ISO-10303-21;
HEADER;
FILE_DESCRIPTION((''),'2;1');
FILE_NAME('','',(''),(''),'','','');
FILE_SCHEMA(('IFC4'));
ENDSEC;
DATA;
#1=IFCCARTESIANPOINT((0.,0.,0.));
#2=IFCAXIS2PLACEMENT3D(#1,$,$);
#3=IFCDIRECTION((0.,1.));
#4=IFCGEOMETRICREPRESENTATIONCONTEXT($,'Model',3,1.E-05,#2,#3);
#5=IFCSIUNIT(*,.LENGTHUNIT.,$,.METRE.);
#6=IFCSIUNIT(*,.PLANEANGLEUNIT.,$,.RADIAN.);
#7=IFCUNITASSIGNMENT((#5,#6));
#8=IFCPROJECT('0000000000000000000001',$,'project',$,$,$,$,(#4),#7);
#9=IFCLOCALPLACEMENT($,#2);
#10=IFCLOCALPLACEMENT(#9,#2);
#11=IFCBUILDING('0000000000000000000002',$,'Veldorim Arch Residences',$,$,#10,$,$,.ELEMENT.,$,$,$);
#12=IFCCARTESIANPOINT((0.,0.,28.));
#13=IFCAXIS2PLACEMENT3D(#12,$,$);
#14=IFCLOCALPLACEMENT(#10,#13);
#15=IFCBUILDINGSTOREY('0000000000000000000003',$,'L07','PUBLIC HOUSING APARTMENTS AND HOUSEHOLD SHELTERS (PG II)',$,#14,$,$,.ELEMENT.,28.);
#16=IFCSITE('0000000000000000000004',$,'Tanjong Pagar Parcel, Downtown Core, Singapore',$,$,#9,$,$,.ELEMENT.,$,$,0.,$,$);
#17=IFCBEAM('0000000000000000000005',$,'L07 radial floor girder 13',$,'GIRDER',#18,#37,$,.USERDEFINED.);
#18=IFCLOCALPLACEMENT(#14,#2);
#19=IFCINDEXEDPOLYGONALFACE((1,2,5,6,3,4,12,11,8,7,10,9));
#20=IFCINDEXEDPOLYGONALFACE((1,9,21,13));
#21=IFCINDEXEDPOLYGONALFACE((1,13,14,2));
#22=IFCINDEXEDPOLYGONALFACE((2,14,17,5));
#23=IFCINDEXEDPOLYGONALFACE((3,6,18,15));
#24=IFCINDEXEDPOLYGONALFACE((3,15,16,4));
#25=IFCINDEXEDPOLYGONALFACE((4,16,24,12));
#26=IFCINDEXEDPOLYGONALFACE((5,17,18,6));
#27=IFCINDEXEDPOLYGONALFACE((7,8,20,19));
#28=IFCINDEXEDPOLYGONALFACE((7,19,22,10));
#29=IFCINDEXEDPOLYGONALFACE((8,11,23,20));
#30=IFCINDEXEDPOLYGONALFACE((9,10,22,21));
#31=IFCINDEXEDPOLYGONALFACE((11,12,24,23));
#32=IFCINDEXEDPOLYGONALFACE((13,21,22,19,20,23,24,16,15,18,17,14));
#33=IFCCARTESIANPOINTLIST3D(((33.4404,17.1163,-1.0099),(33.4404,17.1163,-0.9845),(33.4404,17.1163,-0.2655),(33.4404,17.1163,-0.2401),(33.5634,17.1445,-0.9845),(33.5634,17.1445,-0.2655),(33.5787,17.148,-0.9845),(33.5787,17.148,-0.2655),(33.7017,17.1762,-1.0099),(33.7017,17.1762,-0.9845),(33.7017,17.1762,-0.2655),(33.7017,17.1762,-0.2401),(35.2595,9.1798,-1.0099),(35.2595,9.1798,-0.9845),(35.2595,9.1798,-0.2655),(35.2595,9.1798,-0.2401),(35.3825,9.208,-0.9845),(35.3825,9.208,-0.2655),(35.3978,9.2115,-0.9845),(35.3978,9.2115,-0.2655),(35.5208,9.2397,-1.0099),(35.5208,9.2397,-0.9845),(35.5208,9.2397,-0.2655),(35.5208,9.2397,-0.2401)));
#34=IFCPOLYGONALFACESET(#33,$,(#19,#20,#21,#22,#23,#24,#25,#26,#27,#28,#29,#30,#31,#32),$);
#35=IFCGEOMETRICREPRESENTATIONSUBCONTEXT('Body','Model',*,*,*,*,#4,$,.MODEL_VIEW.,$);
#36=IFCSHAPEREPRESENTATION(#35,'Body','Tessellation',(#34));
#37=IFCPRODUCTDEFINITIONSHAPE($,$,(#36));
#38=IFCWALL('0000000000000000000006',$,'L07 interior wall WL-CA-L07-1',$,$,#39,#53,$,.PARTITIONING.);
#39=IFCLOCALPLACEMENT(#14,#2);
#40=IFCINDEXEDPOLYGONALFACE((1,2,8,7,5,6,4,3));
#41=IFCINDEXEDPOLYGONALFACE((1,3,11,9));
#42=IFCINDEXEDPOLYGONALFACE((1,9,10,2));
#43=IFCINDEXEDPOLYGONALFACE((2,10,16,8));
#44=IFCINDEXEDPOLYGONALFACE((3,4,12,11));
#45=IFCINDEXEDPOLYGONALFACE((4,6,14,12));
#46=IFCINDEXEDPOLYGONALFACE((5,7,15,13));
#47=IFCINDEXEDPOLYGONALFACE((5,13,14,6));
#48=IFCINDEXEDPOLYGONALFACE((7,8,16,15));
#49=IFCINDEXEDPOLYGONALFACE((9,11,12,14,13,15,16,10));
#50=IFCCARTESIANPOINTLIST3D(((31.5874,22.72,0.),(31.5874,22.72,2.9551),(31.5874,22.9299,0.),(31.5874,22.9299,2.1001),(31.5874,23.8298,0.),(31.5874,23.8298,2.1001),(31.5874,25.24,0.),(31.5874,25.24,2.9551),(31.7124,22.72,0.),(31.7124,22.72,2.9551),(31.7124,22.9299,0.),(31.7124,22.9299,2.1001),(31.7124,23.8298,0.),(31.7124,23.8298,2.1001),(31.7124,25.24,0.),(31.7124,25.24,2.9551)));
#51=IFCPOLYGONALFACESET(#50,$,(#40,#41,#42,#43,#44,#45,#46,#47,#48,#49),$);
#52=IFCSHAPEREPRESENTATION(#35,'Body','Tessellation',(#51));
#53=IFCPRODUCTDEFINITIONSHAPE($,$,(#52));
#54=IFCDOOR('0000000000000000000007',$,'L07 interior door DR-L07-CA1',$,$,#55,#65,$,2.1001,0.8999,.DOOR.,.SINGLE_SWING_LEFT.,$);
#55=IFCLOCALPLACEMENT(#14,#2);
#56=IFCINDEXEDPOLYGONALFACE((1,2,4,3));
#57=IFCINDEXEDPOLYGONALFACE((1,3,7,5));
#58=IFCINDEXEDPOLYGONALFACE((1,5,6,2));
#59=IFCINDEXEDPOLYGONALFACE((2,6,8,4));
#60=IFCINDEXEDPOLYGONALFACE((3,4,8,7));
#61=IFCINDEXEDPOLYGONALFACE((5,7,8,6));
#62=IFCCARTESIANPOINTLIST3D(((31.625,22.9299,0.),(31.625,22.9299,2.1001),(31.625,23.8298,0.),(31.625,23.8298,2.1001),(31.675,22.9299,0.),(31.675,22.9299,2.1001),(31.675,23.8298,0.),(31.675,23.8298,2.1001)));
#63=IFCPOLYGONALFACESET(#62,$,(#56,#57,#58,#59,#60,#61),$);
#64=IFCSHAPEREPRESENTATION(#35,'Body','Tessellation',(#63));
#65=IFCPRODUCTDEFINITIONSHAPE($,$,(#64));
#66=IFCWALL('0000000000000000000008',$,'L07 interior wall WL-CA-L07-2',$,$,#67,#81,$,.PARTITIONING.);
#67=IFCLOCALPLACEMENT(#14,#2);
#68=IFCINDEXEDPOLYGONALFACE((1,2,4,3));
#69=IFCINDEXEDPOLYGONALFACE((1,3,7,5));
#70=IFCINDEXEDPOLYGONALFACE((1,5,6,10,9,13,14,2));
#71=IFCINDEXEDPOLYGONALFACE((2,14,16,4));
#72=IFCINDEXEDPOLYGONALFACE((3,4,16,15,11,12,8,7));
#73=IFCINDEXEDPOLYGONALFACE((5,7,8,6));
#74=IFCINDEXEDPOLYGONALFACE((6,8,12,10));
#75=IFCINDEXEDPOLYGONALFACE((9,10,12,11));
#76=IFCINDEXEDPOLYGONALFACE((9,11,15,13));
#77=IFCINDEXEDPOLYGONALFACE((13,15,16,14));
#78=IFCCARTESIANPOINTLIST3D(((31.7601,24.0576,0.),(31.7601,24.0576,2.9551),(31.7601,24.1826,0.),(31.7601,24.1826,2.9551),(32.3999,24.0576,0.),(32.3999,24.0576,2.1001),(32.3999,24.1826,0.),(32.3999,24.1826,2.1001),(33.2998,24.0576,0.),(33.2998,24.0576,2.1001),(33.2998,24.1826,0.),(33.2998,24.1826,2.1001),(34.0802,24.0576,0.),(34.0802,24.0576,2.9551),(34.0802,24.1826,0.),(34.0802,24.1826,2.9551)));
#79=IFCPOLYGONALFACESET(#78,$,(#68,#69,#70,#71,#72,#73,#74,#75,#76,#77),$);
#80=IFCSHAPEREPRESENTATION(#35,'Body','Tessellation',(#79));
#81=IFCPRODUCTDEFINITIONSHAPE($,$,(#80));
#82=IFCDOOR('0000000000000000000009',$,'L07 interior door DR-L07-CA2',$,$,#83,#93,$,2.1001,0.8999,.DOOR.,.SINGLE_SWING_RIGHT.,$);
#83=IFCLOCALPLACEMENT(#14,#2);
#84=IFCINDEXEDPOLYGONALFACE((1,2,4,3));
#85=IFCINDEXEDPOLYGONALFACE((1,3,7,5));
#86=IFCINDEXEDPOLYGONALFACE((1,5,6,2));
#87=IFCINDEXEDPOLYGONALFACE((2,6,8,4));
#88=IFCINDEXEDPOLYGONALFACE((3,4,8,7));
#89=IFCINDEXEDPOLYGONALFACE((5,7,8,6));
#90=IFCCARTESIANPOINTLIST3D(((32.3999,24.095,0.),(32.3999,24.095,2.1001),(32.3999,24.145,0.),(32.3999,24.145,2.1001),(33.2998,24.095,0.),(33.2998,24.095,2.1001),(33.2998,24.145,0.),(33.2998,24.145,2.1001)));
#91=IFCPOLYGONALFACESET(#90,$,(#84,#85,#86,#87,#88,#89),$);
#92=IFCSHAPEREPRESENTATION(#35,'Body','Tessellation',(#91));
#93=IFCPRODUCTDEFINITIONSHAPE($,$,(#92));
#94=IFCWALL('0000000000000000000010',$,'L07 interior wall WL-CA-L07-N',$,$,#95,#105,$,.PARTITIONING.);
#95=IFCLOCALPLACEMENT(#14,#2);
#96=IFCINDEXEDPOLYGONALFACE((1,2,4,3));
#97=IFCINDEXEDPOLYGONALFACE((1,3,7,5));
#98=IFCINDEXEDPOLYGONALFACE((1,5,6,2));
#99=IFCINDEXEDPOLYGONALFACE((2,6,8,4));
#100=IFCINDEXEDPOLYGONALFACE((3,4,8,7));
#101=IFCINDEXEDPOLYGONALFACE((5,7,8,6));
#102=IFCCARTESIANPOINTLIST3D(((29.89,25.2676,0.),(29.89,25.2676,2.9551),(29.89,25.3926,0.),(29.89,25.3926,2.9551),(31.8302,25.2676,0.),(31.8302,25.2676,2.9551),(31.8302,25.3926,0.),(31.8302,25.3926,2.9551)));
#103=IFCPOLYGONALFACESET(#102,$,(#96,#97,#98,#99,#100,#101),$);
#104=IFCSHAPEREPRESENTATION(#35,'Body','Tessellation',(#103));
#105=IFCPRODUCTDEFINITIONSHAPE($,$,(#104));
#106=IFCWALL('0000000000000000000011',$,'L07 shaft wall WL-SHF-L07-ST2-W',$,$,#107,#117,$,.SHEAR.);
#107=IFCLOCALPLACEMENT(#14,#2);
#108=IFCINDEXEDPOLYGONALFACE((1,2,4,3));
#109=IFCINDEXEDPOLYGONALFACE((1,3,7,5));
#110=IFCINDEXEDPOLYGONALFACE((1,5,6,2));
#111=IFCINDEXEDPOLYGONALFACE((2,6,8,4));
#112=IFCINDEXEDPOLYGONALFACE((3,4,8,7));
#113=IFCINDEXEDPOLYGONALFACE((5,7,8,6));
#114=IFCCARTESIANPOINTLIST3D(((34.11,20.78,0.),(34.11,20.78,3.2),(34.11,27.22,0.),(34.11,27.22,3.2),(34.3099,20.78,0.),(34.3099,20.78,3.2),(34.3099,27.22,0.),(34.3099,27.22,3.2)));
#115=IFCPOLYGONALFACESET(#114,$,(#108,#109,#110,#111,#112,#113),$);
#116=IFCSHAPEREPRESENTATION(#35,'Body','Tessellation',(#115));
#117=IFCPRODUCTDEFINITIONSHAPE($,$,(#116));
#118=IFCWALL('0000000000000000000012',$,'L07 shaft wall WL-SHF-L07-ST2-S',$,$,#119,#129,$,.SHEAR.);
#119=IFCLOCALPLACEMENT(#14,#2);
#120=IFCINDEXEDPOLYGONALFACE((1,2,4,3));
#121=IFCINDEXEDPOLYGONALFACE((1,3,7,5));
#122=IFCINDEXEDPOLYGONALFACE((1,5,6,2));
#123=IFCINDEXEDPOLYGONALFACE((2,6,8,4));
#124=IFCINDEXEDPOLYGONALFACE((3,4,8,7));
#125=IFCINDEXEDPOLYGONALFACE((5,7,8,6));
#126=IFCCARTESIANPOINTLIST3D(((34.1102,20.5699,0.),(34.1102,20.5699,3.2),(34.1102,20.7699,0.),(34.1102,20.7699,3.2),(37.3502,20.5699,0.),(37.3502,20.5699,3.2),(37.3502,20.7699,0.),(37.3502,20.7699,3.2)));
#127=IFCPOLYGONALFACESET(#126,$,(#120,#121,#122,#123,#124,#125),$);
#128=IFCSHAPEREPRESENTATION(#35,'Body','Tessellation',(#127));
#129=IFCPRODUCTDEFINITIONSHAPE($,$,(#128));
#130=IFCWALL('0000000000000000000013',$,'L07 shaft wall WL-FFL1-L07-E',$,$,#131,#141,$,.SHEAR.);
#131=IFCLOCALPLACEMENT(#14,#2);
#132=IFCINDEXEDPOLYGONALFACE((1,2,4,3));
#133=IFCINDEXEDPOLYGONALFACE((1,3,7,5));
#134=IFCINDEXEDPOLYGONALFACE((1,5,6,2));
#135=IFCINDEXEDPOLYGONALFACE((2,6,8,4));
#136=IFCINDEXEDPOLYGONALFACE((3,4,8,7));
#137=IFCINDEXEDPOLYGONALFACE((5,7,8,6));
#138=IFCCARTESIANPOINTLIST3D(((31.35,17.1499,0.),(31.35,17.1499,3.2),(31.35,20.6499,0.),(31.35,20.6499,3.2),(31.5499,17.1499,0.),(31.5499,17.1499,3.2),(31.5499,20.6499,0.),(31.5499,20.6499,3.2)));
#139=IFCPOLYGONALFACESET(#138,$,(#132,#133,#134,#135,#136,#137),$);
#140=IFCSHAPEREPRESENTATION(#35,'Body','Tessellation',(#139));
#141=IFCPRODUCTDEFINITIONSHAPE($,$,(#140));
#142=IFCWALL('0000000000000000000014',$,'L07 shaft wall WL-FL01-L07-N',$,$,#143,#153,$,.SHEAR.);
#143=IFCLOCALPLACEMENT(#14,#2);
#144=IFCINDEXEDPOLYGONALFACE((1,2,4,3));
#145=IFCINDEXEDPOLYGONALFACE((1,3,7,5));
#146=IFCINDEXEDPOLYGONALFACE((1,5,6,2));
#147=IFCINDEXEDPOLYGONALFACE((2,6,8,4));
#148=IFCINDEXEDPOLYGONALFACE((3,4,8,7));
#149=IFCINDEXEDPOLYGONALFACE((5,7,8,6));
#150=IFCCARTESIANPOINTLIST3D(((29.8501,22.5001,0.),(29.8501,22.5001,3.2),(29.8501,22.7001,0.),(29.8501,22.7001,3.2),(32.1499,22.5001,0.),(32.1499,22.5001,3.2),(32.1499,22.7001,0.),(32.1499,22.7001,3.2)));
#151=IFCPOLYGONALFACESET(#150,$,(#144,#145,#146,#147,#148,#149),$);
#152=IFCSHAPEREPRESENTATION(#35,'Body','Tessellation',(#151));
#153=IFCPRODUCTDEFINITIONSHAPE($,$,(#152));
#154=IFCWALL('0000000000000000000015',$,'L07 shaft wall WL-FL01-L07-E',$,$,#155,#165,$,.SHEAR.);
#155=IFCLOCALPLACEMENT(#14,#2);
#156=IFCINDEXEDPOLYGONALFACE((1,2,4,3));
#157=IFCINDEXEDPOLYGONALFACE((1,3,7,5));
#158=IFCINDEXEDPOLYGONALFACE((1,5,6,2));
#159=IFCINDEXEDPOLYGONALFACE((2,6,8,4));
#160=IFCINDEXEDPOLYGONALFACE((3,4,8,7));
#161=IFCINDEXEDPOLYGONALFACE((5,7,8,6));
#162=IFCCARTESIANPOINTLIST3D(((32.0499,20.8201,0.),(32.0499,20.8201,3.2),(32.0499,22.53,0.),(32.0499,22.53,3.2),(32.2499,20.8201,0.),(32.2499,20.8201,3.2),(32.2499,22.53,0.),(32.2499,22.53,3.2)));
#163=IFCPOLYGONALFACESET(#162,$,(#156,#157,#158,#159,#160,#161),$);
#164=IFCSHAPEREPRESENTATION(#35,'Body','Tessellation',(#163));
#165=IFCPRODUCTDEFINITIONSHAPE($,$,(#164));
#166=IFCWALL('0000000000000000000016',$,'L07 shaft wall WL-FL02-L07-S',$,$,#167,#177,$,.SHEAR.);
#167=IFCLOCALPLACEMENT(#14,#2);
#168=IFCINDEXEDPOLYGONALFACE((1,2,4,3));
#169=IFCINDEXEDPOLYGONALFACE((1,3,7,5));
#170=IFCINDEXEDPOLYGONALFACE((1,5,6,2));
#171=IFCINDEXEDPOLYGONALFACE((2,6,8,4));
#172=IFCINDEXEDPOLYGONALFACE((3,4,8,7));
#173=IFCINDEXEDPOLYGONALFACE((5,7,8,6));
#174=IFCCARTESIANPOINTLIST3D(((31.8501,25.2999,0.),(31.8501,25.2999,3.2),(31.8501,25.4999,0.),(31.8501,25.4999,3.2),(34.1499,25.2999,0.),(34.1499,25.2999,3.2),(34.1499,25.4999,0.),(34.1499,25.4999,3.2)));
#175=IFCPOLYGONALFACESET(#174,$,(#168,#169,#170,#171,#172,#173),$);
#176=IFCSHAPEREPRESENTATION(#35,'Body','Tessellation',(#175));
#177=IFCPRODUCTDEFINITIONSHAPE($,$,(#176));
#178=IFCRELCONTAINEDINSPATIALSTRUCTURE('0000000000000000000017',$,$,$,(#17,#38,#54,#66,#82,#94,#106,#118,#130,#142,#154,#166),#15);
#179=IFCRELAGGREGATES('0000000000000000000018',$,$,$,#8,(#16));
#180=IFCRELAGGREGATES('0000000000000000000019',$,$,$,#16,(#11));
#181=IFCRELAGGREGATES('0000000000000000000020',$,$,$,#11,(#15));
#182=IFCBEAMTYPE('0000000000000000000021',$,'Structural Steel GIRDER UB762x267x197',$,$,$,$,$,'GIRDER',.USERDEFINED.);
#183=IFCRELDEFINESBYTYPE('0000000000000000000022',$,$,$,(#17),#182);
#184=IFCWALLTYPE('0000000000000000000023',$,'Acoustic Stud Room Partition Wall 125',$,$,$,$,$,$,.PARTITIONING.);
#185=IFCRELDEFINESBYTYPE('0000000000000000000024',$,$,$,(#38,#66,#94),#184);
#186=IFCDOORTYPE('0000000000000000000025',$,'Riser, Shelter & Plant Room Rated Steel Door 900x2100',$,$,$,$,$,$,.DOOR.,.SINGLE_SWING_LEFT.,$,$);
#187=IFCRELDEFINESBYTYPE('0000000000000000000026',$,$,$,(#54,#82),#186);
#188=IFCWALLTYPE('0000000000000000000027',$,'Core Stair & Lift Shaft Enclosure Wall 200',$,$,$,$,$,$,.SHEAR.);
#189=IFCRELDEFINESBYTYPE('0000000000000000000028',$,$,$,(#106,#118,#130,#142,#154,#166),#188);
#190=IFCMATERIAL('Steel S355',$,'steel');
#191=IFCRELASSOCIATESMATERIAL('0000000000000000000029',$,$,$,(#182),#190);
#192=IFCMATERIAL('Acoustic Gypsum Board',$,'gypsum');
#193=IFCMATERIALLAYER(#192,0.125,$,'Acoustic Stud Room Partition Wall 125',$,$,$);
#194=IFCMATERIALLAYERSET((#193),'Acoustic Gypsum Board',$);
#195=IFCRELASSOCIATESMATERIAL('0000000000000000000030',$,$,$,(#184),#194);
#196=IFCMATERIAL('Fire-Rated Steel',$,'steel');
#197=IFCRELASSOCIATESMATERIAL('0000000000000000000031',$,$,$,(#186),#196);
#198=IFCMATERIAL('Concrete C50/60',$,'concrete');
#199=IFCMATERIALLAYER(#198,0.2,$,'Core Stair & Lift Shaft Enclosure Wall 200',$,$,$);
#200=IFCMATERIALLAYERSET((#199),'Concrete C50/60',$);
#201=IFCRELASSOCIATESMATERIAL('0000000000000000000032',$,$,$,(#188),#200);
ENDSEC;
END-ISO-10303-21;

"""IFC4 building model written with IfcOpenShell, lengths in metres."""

from ifc_helpers import new_model, si_unit, direction, frame, frame_2d, origin, origin_2d, place, context, subcontext, project, spatial, rectangle, i_section, extrude, material, layer, layer_set, material_profile, profile_set, type_object, element, fill, save


model = new_model("IFC4")

# Units and contexts
model_context = context("Model", 3, precision=1e-05, world=origin(), true_north=direction((0.0, 1.0)))
body_context = subcontext(model_context, "Body", "Model", "MODEL_VIEW")
ifc_project = project(units=[si_unit("LENGTHUNIT", "METRE"), si_unit("PLANEANGLEUNIT", "RADIAN")], contexts=[model_context])

# Site, building, storey
site_placement = place(None, origin())
site = spatial("IfcSite", under=ifc_project, at=site_placement, Name="Tanjong Pagar Parcel, Downtown Core, Singapore", CompositionType="ELEMENT", RefElevation=0.0)
building_placement = place(site_placement, origin())
building = spatial("IfcBuilding", under=site, at=building_placement, Name="Veldorim Arch Residences", CompositionType="ELEMENT")
storey_placement = place(building_placement, frame((0.0, 0.0, 28.0)))
storey = spatial("IfcBuildingStorey", under=building, at=storey_placement, Name="L07", Description="PUBLIC HOUSING APARTMENTS AND HOUSEHOLD SHELTERS (PG II)", CompositionType="ELEMENT", Elevation=28.0)

# Beam
ifc_material_1 = material(Name="Steel S355", Category="steel")
ifc_material_profile = material_profile(ifc_material_1, i_section(OverallWidth=0.2681, OverallDepth=0.7698, WebThickness=0.0156, FlangeThickness=0.0254, at=origin_2d()), Name="UB762x267x197")
ifc_profile_set = profile_set([ifc_material_profile], Name="Steel S355")
beam_type = type_object("IfcBeamType", Name="Structural Steel GIRDER UB762x267x197", ElementType="GIRDER", PredefinedType="USERDEFINED", material=ifc_profile_set)
beam_placement = place(storey_placement, frame((33.571, 17.1462, -0.625), z_axis=(0.223412, -0.974724, 0.0), x_axis=(0.974724, 0.223412, 0.0)))
element("IfcBeam", 1, at=beam_placement, inside=storey, type_object=beam_type, Name="L07 radial floor girder 13", ObjectType="GIRDER", PredefinedType="USERDEFINED", context=body_context, shape_type="SweptSolid", body=[
    extrude(i_section(OverallWidth=0.2681, OverallDepth=0.7698, WebThickness=0.0156, FlangeThickness=0.0254, at=origin_2d()), origin(), (0.0, 0.0, 1.0), 8.1423),
])

# Walls, openings, doors
ifc_material_2 = material(Name="Acoustic Gypsum Board", Category="gypsum")
ifc_layer_1 = layer(ifc_material_2, 0.125, Name="Acoustic Stud Room Partition Wall 125")
ifc_layer_set_1 = layer_set([ifc_layer_1], Name="Acoustic Gypsum Board")
wall_type_1 = type_object("IfcWallType", Name="Acoustic Stud Room Partition Wall 125", PredefinedType="PARTITIONING", material=ifc_layer_set_1)
wall_1_placement = place(storey_placement, frame((31.6499, 22.72, 0.0), z_axis=(0.0, 0.0, 1.0), x_axis=(0.0, 1.0, 0.0)))
wall_1 = element("IfcWall", 2, at=wall_1_placement, inside=storey, type_object=wall_type_1, Name="L07 interior wall WL-CA-L07-1", PredefinedType="PARTITIONING", context=body_context, shape_type="SweptSolid", body=[
    extrude(rectangle(XDim=2.52, YDim=0.125, at=frame_2d((1.26, 0.0))), origin(), (0.0, 0.0, 1.0), 2.9551),
])
opening_1_placement = place(wall_1_placement, frame((0.21, 0.0, 0.0)))
opening_1 = element("IfcOpeningElement", 3, at=opening_1_placement, cuts=wall_1, PredefinedType="OPENING", context=body_context, shape_type="SweptSolid", body=[
    extrude(rectangle(XDim=0.8999, YDim=2.1001, at=frame_2d((0.45, 1.05))), frame((0.0, 0.0725, 0.0), z_axis=(0.0, -1.0, 0.0), x_axis=(1.0, 0.0, 0.0)), (0.0, 0.0, 1.0), 0.145),
])
ifc_material_3 = material(Name="Fire-Rated Steel", Category="steel")
door_type_1 = type_object("IfcDoorType", Name="Riser, Shelter & Plant Room Rated Steel Door 900x2100", OperationType="SINGLE_SWING_LEFT", PredefinedType="DOOR", material=ifc_material_3)
door_1_placement = place(opening_1_placement, origin())
door_1 = element("IfcDoor", 4, at=door_1_placement, inside=storey, type_object=door_type_1, Name="L07 interior door DR-L07-CA1", OperationType="SINGLE_SWING_LEFT", OverallHeight=2.1001, OverallWidth=0.8999, PredefinedType="DOOR", context=body_context, shape_type="SweptSolid", body=[
    extrude(rectangle(XDim=0.8999, YDim=2.1001, at=frame_2d((0.45, 1.05))), frame((0.0, 0.0249, 0.0), z_axis=(0.0, -1.0, 0.0), x_axis=(1.0, 0.0, 0.0)), (0.0, 0.0, 1.0), 0.05),
])
fill(opening_1, door_1)
wall_2_placement = place(storey_placement, frame((31.76, 24.1201, 0.0), z_axis=(0.0, 0.0, 1.0), x_axis=(1.0, 0.0, 0.0)))
wall_2 = element("IfcWall", 5, at=wall_2_placement, inside=storey, type_object=wall_type_1, Name="L07 interior wall WL-CA-L07-2", PredefinedType="PARTITIONING", context=body_context, shape_type="SweptSolid", body=[
    extrude(rectangle(XDim=2.3201, YDim=0.125, at=frame_2d((1.1602, 0.0))), origin(), (0.0, 0.0, 1.0), 2.9551),
])
opening_2_placement = place(wall_2_placement, frame((0.6399, 0.0, 0.0)))
opening_2 = element("IfcOpeningElement", 6, at=opening_2_placement, cuts=wall_2, PredefinedType="OPENING", context=body_context, shape_type="SweptSolid", body=[
    extrude(rectangle(XDim=0.8999, YDim=2.1001, at=frame_2d((0.45, 1.05))), frame((0.0, 0.0725, 0.0), z_axis=(0.0, -1.0, 0.0), x_axis=(1.0, 0.0, 0.0)), (0.0, 0.0, 1.0), 0.145),
])
door_2_placement = place(opening_2_placement, origin())
door_2 = element("IfcDoor", 7, at=door_2_placement, inside=storey, type_object=door_type_1, Name="L07 interior door DR-L07-CA2", OperationType="SINGLE_SWING_RIGHT", OverallHeight=2.1001, OverallWidth=0.8999, PredefinedType="DOOR", context=body_context, shape_type="SweptSolid", body=[
    extrude(rectangle(XDim=0.8999, YDim=2.1001, at=frame_2d((0.45, 1.05))), frame((0.0, 0.0249, 0.0), z_axis=(0.0, -1.0, 0.0), x_axis=(1.0, 0.0, 0.0)), (0.0, 0.0, 1.0), 0.05),
])
fill(opening_2, door_2)

# Walls
wall_3_placement = place(storey_placement, frame((29.8899, 25.3301, 0.0), z_axis=(0.0, 0.0, 1.0), x_axis=(1.0, 0.0, 0.0)))
element("IfcWall", 8, at=wall_3_placement, inside=storey, type_object=wall_type_1, Name="L07 interior wall WL-CA-L07-N", PredefinedType="PARTITIONING", context=body_context, shape_type="SweptSolid", body=[
    extrude(rectangle(XDim=1.9402, YDim=0.125, at=frame_2d((0.9702, 0.0))), origin(), (0.0, 0.0, 1.0), 2.9551),
])
ifc_material_4 = material(Name="Concrete C50/60", Category="concrete")
ifc_layer_2 = layer(ifc_material_4, 0.2, Name="Core Stair & Lift Shaft Enclosure Wall 200")
ifc_layer_set_2 = layer_set([ifc_layer_2], Name="Concrete C50/60")
wall_type_2 = type_object("IfcWallType", Name="Core Stair & Lift Shaft Enclosure Wall 200", PredefinedType="SHEAR", material=ifc_layer_set_2)
wall_4_placement = place(storey_placement, frame((34.21, 20.78, 0.0), z_axis=(0.0, 0.0, 1.0), x_axis=(0.0, 1.0, 0.0)))
element("IfcWall", 9, at=wall_4_placement, inside=storey, type_object=wall_type_2, Name="L07 shaft wall WL-SHF-L07-ST2-W", PredefinedType="SHEAR", context=body_context, shape_type="SweptSolid", body=[
    extrude(rectangle(XDim=6.4399, YDim=0.2, at=frame_2d((3.22, 0.0))), origin(), (0.0, 0.0, 1.0), 3.2),
])
wall_5_placement = place(storey_placement, frame((34.1101, 20.6699, 0.0), z_axis=(0.0, 0.0, 1.0), x_axis=(1.0, 0.0, 0.0)))
element("IfcWall", 10, at=wall_5_placement, inside=storey, type_object=wall_type_2, Name="L07 shaft wall WL-SHF-L07-ST2-S", PredefinedType="SHEAR", context=body_context, shape_type="SweptSolid", body=[
    extrude(rectangle(XDim=3.24, YDim=0.2, at=frame_2d((1.6201, 0.0))), origin(), (0.0, 0.0, 1.0), 3.2),
])
wall_6_placement = place(storey_placement, frame((31.45, 17.1499, 0.0), z_axis=(0.0, 0.0, 1.0), x_axis=(0.0, 1.0, 0.0)))
element("IfcWall", 11, at=wall_6_placement, inside=storey, type_object=wall_type_2, Name="L07 shaft wall WL-FFL1-L07-E", PredefinedType="SHEAR", context=body_context, shape_type="SweptSolid", body=[
    extrude(rectangle(XDim=3.5, YDim=0.2, at=frame_2d((1.75, 0.0))), origin(), (0.0, 0.0, 1.0), 3.2),
])

# Walls
wall_7_placement = place(storey_placement, frame((29.8501, 22.6001, 0.0), z_axis=(0.0, 0.0, 1.0), x_axis=(1.0, 0.0, 0.0)))
element("IfcWall", 12, at=wall_7_placement, inside=storey, type_object=wall_type_2, Name="L07 shaft wall WL-FL01-L07-N", PredefinedType="SHEAR", context=body_context, shape_type="SweptSolid", body=[
    extrude(rectangle(XDim=2.2998, YDim=0.2, at=frame_2d((1.1499, 0.0))), origin(), (0.0, 0.0, 1.0), 3.2),
])
wall_8_placement = place(storey_placement, frame((32.1499, 20.8201, 0.0), z_axis=(0.0, 0.0, 1.0), x_axis=(0.0, 1.0, 0.0)))
element("IfcWall", 13, at=wall_8_placement, inside=storey, type_object=wall_type_2, Name="L07 shaft wall WL-FL01-L07-E", PredefinedType="SHEAR", context=body_context, shape_type="SweptSolid", body=[
    extrude(rectangle(XDim=1.71, YDim=0.2, at=frame_2d((0.855, 0.0))), origin(), (0.0, 0.0, 1.0), 3.2),
])
wall_9_placement = place(storey_placement, frame((31.8501, 25.3999, 0.0), z_axis=(0.0, 0.0, 1.0), x_axis=(1.0, 0.0, 0.0)))
element("IfcWall", 14, at=wall_9_placement, inside=storey, type_object=wall_type_2, Name="L07 shaft wall WL-FL02-L07-S", PredefinedType="SHEAR", context=body_context, shape_type="SweptSolid", body=[
    extrude(rectangle(XDim=2.2998, YDim=0.2, at=frame_2d((1.1499, 0.0))), origin(), (0.0, 0.0, 1.0), 3.2),
])

save(model, "model.ifc")
